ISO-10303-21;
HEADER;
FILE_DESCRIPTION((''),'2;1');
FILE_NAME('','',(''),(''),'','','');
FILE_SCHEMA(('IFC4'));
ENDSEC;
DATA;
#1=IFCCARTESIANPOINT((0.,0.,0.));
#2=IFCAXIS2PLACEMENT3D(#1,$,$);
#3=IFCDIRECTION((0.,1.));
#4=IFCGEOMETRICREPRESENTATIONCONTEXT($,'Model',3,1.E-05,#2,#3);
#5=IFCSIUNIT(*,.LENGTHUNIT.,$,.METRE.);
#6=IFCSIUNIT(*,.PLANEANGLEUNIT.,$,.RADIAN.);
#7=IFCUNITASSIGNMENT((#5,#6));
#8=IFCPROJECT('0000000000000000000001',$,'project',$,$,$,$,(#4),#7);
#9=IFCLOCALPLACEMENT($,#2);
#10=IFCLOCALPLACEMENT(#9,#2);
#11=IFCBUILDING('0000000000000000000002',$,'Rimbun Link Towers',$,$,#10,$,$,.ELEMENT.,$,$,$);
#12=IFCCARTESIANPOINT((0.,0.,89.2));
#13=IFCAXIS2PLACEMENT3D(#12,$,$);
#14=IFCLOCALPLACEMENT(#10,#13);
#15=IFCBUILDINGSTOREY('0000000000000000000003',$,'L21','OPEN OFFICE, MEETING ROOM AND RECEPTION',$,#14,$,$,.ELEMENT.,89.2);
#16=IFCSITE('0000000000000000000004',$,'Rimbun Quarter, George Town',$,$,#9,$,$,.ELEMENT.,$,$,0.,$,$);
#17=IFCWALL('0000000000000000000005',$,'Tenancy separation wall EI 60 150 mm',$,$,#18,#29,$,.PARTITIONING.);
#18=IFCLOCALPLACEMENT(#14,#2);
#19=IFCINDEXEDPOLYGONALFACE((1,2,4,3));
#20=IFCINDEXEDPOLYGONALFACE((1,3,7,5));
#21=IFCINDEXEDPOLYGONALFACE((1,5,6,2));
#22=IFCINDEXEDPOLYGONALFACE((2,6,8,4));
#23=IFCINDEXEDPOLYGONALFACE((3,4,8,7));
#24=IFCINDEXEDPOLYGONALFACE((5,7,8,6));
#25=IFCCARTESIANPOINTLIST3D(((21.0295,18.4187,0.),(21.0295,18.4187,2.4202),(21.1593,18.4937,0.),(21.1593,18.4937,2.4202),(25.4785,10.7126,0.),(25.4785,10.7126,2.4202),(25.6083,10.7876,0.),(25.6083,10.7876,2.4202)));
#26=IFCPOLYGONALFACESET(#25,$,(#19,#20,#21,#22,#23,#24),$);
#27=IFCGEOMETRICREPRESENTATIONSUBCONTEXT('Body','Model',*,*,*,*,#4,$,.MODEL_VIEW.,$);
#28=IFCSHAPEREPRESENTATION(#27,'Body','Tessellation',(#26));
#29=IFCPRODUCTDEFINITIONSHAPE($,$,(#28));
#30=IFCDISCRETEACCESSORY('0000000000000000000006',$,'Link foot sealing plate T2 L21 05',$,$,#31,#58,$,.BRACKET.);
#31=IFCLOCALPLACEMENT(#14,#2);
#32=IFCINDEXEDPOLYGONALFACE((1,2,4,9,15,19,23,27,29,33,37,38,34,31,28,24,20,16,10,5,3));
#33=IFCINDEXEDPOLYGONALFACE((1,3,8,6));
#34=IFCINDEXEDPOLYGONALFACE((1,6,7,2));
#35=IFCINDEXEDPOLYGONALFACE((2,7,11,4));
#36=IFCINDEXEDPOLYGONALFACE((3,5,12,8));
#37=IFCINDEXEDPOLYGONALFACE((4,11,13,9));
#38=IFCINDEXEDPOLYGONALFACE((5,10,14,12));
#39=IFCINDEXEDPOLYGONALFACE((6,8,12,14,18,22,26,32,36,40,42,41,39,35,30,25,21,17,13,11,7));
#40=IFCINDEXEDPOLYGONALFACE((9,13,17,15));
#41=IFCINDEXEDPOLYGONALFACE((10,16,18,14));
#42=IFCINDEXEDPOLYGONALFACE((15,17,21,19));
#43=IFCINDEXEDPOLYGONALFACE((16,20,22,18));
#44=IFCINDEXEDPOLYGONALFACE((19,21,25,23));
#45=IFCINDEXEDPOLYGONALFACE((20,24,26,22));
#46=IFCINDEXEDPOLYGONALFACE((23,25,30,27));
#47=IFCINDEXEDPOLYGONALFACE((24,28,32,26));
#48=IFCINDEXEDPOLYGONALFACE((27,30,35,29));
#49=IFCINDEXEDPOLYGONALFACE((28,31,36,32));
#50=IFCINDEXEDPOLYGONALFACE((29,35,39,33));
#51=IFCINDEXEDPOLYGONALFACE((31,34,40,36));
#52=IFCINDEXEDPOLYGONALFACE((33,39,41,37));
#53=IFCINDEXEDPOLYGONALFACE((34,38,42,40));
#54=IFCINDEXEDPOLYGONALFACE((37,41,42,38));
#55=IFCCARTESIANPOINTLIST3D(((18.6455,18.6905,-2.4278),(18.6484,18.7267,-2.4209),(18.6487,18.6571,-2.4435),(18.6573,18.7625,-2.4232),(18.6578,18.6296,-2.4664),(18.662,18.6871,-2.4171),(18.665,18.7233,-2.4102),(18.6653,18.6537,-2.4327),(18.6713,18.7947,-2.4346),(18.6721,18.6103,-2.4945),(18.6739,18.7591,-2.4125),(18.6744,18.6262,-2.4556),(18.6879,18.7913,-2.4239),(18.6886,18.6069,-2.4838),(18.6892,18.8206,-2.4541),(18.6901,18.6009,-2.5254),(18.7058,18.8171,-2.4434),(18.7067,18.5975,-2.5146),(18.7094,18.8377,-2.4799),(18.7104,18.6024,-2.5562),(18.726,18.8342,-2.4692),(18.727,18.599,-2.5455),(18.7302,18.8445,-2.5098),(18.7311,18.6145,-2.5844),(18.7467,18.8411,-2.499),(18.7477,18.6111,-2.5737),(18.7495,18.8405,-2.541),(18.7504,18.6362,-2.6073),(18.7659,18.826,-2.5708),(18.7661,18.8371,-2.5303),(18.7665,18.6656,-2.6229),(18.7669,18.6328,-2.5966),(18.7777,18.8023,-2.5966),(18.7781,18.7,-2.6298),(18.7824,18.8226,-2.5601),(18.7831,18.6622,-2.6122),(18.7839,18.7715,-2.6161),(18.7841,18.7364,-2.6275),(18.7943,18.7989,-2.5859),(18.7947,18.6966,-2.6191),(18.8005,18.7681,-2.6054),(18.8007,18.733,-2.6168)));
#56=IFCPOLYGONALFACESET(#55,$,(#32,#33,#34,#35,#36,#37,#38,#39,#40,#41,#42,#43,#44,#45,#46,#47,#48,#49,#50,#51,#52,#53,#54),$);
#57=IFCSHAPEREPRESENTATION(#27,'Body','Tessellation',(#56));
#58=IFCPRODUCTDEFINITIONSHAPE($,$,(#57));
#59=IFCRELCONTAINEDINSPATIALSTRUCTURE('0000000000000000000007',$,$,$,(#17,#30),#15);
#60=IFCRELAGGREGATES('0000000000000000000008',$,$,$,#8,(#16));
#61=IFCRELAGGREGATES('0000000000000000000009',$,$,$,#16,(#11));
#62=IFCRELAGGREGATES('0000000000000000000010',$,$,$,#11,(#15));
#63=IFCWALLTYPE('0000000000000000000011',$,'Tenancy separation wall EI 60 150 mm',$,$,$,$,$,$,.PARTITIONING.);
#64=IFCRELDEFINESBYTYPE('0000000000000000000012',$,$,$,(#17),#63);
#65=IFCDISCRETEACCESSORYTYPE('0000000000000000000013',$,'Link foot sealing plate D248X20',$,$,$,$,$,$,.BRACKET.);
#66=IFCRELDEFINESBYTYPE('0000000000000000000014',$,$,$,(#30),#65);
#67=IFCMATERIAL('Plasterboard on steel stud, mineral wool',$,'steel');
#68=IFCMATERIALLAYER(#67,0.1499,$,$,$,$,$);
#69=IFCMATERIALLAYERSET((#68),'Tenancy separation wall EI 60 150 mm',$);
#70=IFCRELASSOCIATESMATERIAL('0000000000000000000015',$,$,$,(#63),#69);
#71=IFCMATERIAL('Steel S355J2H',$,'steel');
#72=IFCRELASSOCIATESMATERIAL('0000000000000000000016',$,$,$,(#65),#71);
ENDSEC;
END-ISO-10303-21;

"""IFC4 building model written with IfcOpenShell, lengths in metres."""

from ifc_helpers import new_model, si_unit, direction, frame, frame_2d, origin, origin_2d, place, context, subcontext, project, spatial, rectangle, circle, extrude, material, layer, layer_set, material_profile, profile_set, type_object, element, save


model = new_model("IFC4")

# Units and contexts
model_context = context("Model", 3, precision=1e-05, world=origin(), true_north=direction((0.0, 1.0)))
body_context = subcontext(model_context, "Body", "Model", "MODEL_VIEW")
ifc_project = project(units=[si_unit("LENGTHUNIT", "METRE"), si_unit("PLANEANGLEUNIT", "RADIAN")], contexts=[model_context])

# Site, building, storey
site_placement = place(None, origin())
site = spatial("IfcSite", under=ifc_project, at=site_placement, Name="Rimbun Quarter, George Town", CompositionType="ELEMENT", RefElevation=0.0)
building_placement = place(site_placement, origin())
building = spatial("IfcBuilding", under=site, at=building_placement, Name="Rimbun Link Towers", CompositionType="ELEMENT")
storey_placement = place(building_placement, frame((0.0, 0.0, 89.2)))
storey = spatial("IfcBuildingStorey", under=building, at=storey_placement, Name="L21", Description="OPEN OFFICE, MEETING ROOM AND RECEPTION", CompositionType="ELEMENT", Elevation=89.2)

# Wall
ifc_material_1 = material(Name="Plasterboard on steel stud, mineral wool", Category="steel")
ifc_layer_1 = layer(ifc_material_1, 0.1499)
ifc_layer_set_1 = layer_set([ifc_layer_1], Name="Tenancy separation wall EI 60 150 mm")
wall_type_1 = type_object("IfcWallType", Name="Tenancy separation wall EI 60 150 mm", PredefinedType="PARTITIONING", material=ifc_layer_set_1)
wall_1_placement = place(storey_placement, frame((25.5435, 10.75, 0.0), z_axis=(0.0, 0.0, 1.0), x_axis=(-0.49999, 0.866031, 0.0)))
element("IfcWall", 1, at=wall_1_placement, inside=storey, type_object=wall_type_1, Name="Tenancy separation wall EI 60 150 mm", PredefinedType="PARTITIONING", context=body_context, shape_type="SweptSolid", body=[
    extrude(rectangle(XDim=8.8982, YDim=0.1499, at=frame_2d((4.4492, 0.0))), origin(), (0.0, 0.0, 1.0), 2.4202),
])

# Discrete accessory
ifc_material_2 = material(Name="Steel S355J2H", Category="steel")
ifc_material_profile_1 = material_profile(ifc_material_2, circle(Radius=0.124, at=origin_2d()), Name="PL D248")
ifc_profile_set_1 = profile_set([ifc_material_profile_1], Name="Steel S355J2H")
discrete_accessory_type = type_object("IfcDiscreteAccessoryType", Name="Link foot sealing plate D248X20", PredefinedType="BRACKET", material=ifc_profile_set_1)
discrete_accessory_placement = place(storey_placement, frame((18.7317, 18.719, -2.5146), z_axis=(-0.827302, 0.170327, -0.535313), x_axis=(-0.201653, -0.979457, 0.0)))
element("IfcDiscreteAccessory", 2, at=discrete_accessory_placement, inside=storey, type_object=discrete_accessory_type, Name="Link foot sealing plate T2 L21 05", PredefinedType="BRACKET", context=body_context, shape_type="SweptSolid", body=[
    extrude(circle(Radius=0.124, at=origin_2d()), origin(), (0.0, 0.0, 1.0), 0.02),
])

save(model, "model.ifc")
